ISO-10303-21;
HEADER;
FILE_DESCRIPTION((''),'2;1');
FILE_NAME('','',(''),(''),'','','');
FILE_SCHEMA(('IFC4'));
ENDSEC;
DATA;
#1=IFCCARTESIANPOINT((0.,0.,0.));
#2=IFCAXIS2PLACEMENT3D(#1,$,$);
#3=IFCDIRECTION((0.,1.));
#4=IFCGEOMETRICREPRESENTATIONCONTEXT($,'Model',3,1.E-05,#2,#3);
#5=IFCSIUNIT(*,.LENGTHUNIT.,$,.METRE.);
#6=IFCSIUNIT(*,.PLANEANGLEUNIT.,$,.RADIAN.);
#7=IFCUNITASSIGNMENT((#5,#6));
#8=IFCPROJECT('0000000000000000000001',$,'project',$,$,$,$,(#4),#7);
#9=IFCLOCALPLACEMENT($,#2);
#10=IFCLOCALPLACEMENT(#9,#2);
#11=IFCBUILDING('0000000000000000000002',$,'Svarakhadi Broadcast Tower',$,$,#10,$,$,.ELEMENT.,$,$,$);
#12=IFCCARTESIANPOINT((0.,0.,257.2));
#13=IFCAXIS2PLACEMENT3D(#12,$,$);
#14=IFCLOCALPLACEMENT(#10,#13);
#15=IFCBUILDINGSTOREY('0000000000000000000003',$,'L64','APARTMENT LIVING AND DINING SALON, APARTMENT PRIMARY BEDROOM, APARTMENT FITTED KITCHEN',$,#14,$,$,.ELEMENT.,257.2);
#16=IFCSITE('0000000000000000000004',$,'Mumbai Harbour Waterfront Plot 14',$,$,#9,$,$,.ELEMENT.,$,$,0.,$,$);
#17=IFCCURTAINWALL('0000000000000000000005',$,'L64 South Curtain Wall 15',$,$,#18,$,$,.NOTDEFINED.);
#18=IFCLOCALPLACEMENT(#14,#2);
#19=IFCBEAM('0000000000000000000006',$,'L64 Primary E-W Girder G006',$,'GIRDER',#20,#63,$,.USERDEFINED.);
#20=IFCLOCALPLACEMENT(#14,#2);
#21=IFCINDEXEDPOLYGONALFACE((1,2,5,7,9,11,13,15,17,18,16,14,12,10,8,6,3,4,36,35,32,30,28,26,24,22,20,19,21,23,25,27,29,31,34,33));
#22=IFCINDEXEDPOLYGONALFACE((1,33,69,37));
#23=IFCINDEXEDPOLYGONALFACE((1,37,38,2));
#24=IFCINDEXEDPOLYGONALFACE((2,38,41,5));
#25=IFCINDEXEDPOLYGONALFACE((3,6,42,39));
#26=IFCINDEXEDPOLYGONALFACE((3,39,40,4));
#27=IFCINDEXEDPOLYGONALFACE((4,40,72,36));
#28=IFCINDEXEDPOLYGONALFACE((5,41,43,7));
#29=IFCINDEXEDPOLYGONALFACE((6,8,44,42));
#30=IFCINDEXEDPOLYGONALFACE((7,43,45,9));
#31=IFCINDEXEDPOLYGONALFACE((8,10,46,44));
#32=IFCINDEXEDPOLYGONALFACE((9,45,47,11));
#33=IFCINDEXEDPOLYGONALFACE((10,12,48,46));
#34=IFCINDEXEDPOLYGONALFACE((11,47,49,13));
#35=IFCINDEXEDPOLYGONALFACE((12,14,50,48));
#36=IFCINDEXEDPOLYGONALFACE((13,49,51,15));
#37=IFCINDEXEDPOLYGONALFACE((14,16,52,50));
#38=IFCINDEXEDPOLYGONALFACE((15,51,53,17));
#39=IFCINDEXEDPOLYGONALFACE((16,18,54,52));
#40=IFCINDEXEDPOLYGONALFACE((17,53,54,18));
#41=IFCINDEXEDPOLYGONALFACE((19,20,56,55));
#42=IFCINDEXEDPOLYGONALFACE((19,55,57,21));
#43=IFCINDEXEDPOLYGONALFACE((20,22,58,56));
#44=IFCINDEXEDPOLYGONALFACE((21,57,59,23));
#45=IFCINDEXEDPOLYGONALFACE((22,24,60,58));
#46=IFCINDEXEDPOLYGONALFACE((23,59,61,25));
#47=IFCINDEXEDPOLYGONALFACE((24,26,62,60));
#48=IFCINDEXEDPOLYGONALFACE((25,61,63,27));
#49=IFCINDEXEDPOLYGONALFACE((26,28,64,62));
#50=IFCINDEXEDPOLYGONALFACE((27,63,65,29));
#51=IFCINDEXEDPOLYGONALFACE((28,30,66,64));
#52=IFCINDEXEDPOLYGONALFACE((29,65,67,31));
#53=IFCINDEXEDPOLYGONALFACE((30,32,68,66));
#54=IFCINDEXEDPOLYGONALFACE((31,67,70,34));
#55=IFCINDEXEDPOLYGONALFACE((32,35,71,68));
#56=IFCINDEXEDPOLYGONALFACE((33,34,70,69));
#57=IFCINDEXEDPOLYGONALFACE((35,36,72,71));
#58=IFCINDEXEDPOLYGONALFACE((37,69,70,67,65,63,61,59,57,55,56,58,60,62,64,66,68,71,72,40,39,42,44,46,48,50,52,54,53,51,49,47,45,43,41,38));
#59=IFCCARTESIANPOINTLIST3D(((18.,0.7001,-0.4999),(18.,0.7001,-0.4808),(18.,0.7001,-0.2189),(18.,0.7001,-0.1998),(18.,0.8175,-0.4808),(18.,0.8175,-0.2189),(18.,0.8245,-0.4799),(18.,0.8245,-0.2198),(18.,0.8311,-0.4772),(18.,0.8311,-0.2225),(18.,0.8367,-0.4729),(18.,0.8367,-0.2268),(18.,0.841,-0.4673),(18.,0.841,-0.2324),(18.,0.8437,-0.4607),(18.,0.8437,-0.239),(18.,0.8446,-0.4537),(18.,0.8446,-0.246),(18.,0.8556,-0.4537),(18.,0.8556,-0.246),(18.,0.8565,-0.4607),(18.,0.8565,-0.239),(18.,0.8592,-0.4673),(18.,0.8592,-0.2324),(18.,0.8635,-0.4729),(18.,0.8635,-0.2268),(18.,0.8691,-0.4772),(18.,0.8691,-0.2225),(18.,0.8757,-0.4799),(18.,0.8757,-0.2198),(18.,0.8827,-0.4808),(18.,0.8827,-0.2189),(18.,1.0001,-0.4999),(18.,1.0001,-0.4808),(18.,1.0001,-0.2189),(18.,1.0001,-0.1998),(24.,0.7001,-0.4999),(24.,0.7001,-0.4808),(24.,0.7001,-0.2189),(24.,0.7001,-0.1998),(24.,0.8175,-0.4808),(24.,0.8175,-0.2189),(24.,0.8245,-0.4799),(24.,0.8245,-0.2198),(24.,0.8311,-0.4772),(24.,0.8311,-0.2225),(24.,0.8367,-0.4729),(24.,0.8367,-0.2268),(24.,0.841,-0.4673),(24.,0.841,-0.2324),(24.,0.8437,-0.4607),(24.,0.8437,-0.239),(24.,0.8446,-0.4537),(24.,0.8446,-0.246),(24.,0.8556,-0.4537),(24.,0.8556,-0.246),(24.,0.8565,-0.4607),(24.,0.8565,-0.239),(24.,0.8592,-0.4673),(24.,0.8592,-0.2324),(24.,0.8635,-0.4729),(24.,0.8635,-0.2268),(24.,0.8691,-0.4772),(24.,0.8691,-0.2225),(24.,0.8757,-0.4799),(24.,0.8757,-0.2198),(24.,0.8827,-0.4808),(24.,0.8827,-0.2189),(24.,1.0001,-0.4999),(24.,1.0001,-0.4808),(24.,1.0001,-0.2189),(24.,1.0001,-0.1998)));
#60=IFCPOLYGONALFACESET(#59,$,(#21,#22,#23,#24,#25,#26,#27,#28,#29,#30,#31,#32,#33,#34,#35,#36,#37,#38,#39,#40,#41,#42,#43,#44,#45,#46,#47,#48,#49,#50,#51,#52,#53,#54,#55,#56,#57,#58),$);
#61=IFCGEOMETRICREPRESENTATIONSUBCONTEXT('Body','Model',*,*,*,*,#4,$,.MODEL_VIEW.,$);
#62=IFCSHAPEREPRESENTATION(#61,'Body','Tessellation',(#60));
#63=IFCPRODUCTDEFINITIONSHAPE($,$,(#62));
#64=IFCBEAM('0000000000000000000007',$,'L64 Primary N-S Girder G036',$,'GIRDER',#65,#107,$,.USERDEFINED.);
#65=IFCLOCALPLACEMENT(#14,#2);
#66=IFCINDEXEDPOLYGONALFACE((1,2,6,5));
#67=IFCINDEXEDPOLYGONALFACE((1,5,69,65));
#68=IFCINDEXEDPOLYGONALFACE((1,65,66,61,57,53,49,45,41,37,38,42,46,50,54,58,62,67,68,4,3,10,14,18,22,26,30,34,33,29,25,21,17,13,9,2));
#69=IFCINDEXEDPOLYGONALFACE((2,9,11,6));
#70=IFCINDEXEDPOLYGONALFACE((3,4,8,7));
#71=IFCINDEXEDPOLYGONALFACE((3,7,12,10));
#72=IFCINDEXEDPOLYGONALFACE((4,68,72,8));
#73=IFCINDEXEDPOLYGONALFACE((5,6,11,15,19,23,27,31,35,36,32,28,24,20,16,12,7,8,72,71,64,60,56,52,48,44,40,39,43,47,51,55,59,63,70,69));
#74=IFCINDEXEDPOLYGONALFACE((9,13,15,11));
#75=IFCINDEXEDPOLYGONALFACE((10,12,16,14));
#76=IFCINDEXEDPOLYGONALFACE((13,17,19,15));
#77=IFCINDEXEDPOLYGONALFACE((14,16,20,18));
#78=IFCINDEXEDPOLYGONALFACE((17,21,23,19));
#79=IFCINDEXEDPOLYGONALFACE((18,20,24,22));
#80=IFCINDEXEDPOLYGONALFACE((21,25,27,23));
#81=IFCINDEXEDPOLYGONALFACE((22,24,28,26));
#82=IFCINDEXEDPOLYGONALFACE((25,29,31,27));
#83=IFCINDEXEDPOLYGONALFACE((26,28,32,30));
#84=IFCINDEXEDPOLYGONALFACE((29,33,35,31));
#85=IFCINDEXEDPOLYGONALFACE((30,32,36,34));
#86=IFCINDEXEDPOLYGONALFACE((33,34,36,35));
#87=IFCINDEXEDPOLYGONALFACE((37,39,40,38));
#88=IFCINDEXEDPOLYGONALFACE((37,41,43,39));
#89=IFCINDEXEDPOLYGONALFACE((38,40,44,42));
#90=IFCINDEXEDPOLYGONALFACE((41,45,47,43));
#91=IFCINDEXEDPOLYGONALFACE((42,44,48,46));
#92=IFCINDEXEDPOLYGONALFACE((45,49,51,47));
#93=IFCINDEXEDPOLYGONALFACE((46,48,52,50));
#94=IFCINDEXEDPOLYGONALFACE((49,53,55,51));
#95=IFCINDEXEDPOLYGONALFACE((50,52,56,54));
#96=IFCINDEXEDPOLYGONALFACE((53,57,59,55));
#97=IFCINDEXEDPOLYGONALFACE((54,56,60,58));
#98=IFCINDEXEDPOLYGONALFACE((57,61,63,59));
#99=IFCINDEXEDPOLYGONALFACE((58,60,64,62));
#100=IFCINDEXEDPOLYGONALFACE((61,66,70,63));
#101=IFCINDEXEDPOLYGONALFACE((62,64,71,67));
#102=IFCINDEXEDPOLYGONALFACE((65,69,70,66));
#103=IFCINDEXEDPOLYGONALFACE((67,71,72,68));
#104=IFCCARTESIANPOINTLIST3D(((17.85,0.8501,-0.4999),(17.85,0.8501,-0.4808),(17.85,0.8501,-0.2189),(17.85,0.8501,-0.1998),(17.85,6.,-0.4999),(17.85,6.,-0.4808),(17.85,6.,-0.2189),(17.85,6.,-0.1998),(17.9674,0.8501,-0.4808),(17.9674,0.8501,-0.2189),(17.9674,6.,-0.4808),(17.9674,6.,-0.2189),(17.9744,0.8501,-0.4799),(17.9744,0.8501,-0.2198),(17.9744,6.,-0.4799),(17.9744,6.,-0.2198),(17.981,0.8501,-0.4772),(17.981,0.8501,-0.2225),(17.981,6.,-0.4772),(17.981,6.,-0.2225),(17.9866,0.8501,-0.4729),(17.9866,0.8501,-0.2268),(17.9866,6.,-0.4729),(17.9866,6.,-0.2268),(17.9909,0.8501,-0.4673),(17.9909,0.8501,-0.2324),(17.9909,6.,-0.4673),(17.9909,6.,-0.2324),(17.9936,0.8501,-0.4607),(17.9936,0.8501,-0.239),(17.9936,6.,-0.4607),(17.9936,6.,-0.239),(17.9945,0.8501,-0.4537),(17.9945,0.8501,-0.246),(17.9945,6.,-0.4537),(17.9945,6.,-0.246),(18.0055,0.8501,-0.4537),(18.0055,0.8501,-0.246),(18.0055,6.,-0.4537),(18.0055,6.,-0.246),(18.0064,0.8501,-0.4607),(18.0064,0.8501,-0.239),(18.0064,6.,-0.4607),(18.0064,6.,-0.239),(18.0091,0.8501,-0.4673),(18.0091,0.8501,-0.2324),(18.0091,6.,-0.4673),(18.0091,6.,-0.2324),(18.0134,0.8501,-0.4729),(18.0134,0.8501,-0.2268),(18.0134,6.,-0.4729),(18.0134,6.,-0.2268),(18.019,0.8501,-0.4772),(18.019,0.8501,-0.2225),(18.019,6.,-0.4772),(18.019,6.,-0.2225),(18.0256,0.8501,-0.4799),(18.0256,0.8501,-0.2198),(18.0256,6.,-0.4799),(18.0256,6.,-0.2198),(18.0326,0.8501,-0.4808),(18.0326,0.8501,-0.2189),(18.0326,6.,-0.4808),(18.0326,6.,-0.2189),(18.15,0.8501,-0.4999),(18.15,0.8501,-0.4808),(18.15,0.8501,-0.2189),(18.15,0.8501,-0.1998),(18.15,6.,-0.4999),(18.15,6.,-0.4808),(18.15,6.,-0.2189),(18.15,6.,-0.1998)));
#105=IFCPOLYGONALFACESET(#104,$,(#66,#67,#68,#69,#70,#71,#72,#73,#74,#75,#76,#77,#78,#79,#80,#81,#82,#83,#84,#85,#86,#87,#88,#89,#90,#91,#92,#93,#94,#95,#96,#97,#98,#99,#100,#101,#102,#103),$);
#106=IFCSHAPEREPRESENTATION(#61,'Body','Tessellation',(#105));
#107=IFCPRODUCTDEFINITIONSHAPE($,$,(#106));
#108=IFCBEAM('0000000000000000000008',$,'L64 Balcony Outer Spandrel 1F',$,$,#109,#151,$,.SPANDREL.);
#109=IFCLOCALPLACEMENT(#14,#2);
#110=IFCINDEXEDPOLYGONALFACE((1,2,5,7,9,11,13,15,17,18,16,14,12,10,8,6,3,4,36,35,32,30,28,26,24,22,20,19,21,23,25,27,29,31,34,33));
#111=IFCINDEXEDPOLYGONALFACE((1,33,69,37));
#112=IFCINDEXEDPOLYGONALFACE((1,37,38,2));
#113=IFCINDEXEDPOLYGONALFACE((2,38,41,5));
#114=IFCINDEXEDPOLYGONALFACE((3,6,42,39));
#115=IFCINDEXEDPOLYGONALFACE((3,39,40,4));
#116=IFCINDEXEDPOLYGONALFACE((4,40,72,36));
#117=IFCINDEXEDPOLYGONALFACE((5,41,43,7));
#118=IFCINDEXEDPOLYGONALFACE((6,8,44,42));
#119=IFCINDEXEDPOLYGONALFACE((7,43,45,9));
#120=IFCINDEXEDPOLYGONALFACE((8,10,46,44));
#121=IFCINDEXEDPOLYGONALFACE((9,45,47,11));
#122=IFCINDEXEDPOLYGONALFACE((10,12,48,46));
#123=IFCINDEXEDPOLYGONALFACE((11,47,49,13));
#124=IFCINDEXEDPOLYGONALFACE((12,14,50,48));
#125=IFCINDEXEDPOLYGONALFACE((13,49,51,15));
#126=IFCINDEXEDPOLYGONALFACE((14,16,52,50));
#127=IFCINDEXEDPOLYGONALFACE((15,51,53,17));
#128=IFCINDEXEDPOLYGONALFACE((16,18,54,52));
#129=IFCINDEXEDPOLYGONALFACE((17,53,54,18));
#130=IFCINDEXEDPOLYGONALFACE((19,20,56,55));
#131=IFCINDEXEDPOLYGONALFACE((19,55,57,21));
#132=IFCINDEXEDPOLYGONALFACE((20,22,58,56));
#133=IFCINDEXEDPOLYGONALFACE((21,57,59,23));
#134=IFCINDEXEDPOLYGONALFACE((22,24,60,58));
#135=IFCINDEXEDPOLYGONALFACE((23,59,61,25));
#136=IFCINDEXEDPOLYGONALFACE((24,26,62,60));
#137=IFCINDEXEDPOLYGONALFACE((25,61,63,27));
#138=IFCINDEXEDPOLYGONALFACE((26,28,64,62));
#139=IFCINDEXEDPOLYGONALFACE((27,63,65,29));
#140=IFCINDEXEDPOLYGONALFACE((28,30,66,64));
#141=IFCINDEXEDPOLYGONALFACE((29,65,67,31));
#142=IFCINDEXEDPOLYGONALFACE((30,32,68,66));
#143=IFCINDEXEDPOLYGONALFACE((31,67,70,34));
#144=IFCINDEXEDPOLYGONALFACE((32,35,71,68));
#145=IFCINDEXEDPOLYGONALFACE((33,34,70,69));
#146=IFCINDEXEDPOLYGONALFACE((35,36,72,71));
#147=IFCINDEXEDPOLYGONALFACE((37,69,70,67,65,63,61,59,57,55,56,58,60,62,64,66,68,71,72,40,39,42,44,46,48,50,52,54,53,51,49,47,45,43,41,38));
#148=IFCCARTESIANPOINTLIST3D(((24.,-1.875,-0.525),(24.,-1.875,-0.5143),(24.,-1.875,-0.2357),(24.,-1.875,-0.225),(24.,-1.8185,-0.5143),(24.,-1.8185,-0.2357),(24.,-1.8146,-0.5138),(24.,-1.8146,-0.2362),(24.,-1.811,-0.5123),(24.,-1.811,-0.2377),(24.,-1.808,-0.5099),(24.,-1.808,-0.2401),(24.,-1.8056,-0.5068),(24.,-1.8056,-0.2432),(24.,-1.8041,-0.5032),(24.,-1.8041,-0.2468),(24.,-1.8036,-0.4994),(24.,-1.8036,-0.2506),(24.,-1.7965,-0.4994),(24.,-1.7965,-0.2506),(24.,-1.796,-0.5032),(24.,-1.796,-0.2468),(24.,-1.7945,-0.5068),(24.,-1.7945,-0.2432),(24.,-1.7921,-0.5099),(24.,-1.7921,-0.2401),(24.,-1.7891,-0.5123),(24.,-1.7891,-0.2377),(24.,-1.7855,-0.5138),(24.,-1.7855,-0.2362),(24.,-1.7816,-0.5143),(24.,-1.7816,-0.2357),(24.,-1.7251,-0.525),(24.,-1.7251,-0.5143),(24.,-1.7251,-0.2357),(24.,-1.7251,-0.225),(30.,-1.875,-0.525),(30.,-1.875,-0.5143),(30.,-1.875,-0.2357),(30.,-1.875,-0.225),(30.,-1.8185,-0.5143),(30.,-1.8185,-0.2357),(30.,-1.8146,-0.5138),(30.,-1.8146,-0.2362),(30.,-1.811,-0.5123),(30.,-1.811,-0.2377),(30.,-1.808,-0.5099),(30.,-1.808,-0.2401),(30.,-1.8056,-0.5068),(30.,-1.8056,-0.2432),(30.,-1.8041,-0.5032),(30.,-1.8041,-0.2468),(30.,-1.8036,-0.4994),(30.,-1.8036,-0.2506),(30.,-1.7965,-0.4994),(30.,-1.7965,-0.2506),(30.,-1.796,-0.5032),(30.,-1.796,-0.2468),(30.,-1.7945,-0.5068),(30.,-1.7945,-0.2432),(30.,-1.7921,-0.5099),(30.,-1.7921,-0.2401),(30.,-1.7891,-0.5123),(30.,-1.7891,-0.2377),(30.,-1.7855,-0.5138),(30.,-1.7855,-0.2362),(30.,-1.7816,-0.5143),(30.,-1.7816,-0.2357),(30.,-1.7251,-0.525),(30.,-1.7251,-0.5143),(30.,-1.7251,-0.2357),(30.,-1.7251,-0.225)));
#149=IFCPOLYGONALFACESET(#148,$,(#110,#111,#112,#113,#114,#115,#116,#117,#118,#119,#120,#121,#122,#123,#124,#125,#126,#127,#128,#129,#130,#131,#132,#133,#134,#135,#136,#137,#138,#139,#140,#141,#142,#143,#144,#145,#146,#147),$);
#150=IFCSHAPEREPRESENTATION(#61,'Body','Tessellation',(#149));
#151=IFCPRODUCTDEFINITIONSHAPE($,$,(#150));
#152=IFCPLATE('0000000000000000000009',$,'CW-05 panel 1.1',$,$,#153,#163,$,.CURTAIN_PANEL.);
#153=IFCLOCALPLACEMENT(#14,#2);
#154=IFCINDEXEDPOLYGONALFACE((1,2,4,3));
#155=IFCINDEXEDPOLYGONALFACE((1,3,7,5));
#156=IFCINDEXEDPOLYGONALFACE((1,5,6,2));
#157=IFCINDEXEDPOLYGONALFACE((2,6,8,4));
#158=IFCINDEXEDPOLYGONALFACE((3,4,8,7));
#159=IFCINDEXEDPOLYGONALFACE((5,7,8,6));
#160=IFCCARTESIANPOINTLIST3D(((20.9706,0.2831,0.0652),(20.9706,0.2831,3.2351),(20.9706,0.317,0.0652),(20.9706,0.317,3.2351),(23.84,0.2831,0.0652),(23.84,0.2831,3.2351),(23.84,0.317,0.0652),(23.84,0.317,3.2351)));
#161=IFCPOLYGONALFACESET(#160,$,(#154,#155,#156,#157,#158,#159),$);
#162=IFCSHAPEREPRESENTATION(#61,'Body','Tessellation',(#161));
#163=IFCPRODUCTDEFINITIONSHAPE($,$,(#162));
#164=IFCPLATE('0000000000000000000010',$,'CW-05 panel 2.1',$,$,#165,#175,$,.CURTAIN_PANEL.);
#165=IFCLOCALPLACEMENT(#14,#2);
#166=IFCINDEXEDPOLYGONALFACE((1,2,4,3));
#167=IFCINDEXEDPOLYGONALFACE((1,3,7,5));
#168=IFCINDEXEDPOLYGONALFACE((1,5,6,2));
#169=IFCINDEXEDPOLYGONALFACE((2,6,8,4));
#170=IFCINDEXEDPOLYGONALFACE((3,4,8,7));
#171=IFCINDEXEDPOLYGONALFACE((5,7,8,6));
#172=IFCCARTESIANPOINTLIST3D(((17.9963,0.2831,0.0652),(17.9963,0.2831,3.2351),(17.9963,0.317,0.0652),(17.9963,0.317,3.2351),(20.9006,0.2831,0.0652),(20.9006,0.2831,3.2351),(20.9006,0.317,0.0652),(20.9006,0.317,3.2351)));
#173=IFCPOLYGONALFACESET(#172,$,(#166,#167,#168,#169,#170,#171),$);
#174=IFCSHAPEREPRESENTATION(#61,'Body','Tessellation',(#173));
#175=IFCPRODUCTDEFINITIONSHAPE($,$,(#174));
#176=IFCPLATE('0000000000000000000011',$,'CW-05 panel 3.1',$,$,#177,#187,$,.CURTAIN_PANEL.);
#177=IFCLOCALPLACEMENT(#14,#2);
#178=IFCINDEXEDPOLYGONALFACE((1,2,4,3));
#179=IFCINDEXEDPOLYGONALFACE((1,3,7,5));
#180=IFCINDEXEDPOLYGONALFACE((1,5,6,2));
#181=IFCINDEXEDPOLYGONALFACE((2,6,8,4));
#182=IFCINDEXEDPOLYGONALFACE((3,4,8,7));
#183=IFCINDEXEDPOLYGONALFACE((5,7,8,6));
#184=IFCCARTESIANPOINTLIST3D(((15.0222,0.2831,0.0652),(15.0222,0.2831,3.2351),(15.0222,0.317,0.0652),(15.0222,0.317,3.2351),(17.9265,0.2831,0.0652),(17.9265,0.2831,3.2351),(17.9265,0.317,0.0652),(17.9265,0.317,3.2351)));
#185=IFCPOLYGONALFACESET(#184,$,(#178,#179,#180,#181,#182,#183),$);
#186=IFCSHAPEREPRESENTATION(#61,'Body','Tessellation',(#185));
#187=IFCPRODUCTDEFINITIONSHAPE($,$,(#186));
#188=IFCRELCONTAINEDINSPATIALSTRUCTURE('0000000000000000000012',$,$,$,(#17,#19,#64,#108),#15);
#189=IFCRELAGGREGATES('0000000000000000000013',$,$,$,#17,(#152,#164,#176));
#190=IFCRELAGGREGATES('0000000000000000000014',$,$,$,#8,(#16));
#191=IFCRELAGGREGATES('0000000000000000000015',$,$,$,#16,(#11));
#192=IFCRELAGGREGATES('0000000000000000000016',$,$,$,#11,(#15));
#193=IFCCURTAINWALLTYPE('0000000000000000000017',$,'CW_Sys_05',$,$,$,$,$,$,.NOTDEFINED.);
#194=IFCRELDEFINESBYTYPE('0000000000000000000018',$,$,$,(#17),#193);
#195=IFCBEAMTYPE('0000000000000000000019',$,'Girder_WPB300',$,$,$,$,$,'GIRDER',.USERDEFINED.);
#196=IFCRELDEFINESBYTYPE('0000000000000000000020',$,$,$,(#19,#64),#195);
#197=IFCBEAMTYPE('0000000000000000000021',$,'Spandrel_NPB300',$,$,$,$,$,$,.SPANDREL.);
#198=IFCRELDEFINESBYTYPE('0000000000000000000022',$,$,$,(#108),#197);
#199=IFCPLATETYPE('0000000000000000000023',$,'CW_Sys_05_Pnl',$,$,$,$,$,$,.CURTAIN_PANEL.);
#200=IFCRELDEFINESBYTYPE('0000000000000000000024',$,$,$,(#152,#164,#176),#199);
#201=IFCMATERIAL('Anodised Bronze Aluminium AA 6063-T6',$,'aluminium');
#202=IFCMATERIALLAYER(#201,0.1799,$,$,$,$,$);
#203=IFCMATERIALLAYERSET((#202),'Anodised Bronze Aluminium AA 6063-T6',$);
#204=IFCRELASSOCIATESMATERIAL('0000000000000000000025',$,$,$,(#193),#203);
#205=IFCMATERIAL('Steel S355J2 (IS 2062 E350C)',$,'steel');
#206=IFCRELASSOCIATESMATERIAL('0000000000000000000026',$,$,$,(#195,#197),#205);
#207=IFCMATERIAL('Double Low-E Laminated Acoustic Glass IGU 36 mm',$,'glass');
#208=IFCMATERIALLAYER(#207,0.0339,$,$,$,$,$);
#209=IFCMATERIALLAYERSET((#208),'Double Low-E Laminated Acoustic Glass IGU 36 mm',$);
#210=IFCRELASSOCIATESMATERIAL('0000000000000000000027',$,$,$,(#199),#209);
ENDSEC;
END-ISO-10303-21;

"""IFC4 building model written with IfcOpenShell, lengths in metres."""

from ifc_helpers import new_model, si_unit, direction, frame, origin, origin_2d, place, context, subcontext, project, spatial, rectangle, i_section, extrude, material, layer, layer_set, material_profile, profile_set, type_object, element, aggregate, save


model = new_model("IFC4")

# Units and contexts
model_context = context("Model", 3, precision=1e-05, world=origin(), true_north=direction((0.0, 1.0)))
body_context = subcontext(model_context, "Body", "Model", "MODEL_VIEW")
ifc_project = project(units=[si_unit("LENGTHUNIT", "METRE"), si_unit("PLANEANGLEUNIT", "RADIAN")], contexts=[model_context])

# Site, building, storey
site_placement = place(None, origin())
site = spatial("IfcSite", under=ifc_project, at=site_placement, Name="Mumbai Harbour Waterfront Plot 14", CompositionType="ELEMENT", RefElevation=0.0)
building_placement = place(site_placement, origin())
building = spatial("IfcBuilding", under=site, at=building_placement, Name="Svarakhadi Broadcast Tower", CompositionType="ELEMENT")
storey_placement = place(building_placement, frame((0.0, 0.0, 257.2)))
storey = spatial("IfcBuildingStorey", under=building, at=storey_placement, Name="L64", Description="APARTMENT LIVING AND DINING SALON, APARTMENT PRIMARY BEDROOM, APARTMENT FITTED KITCHEN", CompositionType="ELEMENT", Elevation=257.2)

# Curtain wall
ifc_material_1 = material(Name="Anodised Bronze Aluminium AA 6063-T6", Category="aluminium")
ifc_layer_1 = layer(ifc_material_1, 0.1799)
ifc_layer_set_1 = layer_set([ifc_layer_1], Name="Anodised Bronze Aluminium AA 6063-T6")
curtain_wall_type = type_object("IfcCurtainWallType", Name="CW_Sys_05", PredefinedType="NOTDEFINED", material=ifc_layer_set_1)
curtain_wall_placement = place(storey_placement, origin())
curtain_wall = element("IfcCurtainWall", 1, at=curtain_wall_placement, inside=storey, type_object=curtain_wall_type, Name="L64 South Curtain Wall 15", PredefinedType="NOTDEFINED")

# Beams
ifc_material_2 = material(Name="Steel S355J2 (IS 2062 E350C)", Category="steel")
ifc_material_profile_1 = material_profile(ifc_material_2, i_section(OverallWidth=0.3, OverallDepth=0.3, WebThickness=0.011, FlangeThickness=0.019, FilletRadius=0.0271, at=origin_2d()), Name="WPB 300x300x117")
ifc_profile_set_1 = profile_set([ifc_material_profile_1], Name="Steel S355J2 (IS 2062 E350C)")
beam_type_1 = type_object("IfcBeamType", Name="Girder_WPB300", ElementType="GIRDER", PredefinedType="USERDEFINED", material=ifc_profile_set_1)
beam_1_placement = place(storey_placement, frame((18.0, 0.8501, -0.3499), z_axis=(1.0, 0.0, 0.0), x_axis=(0.0, 1.0, 0.0)))
element("IfcBeam", 2, at=beam_1_placement, inside=storey, type_object=beam_type_1, Name="L64 Primary E-W Girder G006", ObjectType="GIRDER", PredefinedType="USERDEFINED", context=body_context, shape_type="SweptSolid", body=[
    extrude(i_section(OverallWidth=0.3, OverallDepth=0.3, WebThickness=0.011, FlangeThickness=0.019, FilletRadius=0.0271, at=origin_2d()), origin(), (0.0, 0.0, 1.0), 6.0),
])
beam_2_placement = place(storey_placement, frame((18.0, 0.8501, -0.3499), z_axis=(0.0, 1.0, 0.0), x_axis=(-1.0, 0.0, 0.0)))
element("IfcBeam", 3, at=beam_2_placement, inside=storey, type_object=beam_type_1, Name="L64 Primary N-S Girder G036", ObjectType="GIRDER", PredefinedType="USERDEFINED", context=body_context, shape_type="SweptSolid", body=[
    extrude(i_section(OverallWidth=0.3, OverallDepth=0.3, WebThickness=0.011, FlangeThickness=0.019, FilletRadius=0.0271, at=origin_2d()), origin(), (0.0, 0.0, 1.0), 5.1499),
])
ifc_material_profile_2 = material_profile(ifc_material_2, i_section(OverallWidth=0.1499, OverallDepth=0.3, WebThickness=0.0071, FlangeThickness=0.0107, FilletRadius=0.0149, at=origin_2d()), Name="NPB 300x150x37")
ifc_profile_set_2 = profile_set([ifc_material_profile_2], Name="Steel S355J2 (IS 2062 E350C)")
beam_type_2 = type_object("IfcBeamType", Name="Spandrel_NPB300", PredefinedType="SPANDREL", material=ifc_profile_set_2)
beam_3_placement = place(storey_placement, frame((24.0, -1.8, -0.375), z_axis=(1.0, 0.0, 0.0), x_axis=(0.0, 1.0, 0.0)))
element("IfcBeam", 4, at=beam_3_placement, inside=storey, type_object=beam_type_2, Name="L64 Balcony Outer Spandrel 1F", PredefinedType="SPANDREL", context=body_context, shape_type="SweptSolid", body=[
    extrude(i_section(OverallWidth=0.1499, OverallDepth=0.3, WebThickness=0.0071, FlangeThickness=0.0107, FilletRadius=0.0149, at=origin_2d()), origin(), (0.0, 0.0, 1.0), 6.0),
])

# Plates
ifc_material_3 = material(Name="Double Low-E Laminated Acoustic Glass IGU 36 mm", Category="glass")
ifc_layer_2 = layer(ifc_material_3, 0.0339)
ifc_layer_set_2 = layer_set([ifc_layer_2], Name="Double Low-E Laminated Acoustic Glass IGU 36 mm")
plate_type_1 = type_object("IfcPlateType", Name="CW_Sys_05_Pnl", PredefinedType="CURTAIN_PANEL", material=ifc_layer_set_2)
plate_1_placement = place(storey_placement, frame((22.4053, 0.3, 0.0652), z_axis=(0.0, 0.0, 1.0), x_axis=(-1.0, 0.0, 0.0)))
plate_1 = element("IfcPlate", 5, at=plate_1_placement, type_object=plate_type_1, Name="CW-05 panel 1.1", PredefinedType="CURTAIN_PANEL", context=body_context, shape_type="SweptSolid", body=[
    extrude(rectangle(XDim=2.8694, YDim=0.0339, at=origin_2d()), origin(), (0.0, 0.0, 1.0), 3.1699),
])
plate_2_placement = place(storey_placement, frame((19.4485, 0.3, 0.0652), z_axis=(0.0, 0.0, 1.0), x_axis=(-1.0, 0.0, 0.0)))
plate_2 = element("IfcPlate", 6, at=plate_2_placement, type_object=plate_type_1, Name="CW-05 panel 2.1", PredefinedType="CURTAIN_PANEL", context=body_context, shape_type="SweptSolid", body=[
    extrude(rectangle(XDim=2.9043, YDim=0.0339, at=origin_2d()), origin(), (0.0, 0.0, 1.0), 3.1699),
])
plate_3_placement = place(storey_placement, frame((16.4744, 0.3, 0.0652), z_axis=(0.0, 0.0, 1.0), x_axis=(-1.0, 0.0, 0.0)))
plate_3 = element("IfcPlate", 7, at=plate_3_placement, type_object=plate_type_1, Name="CW-05 panel 3.1", PredefinedType="CURTAIN_PANEL", context=body_context, shape_type="SweptSolid", body=[
    extrude(rectangle(XDim=2.9043, YDim=0.0339, at=origin_2d()), origin(), (0.0, 0.0, 1.0), 3.1699),
])
aggregate(curtain_wall, [plate_1, plate_2, plate_3])

save(model, "model.ifc")
